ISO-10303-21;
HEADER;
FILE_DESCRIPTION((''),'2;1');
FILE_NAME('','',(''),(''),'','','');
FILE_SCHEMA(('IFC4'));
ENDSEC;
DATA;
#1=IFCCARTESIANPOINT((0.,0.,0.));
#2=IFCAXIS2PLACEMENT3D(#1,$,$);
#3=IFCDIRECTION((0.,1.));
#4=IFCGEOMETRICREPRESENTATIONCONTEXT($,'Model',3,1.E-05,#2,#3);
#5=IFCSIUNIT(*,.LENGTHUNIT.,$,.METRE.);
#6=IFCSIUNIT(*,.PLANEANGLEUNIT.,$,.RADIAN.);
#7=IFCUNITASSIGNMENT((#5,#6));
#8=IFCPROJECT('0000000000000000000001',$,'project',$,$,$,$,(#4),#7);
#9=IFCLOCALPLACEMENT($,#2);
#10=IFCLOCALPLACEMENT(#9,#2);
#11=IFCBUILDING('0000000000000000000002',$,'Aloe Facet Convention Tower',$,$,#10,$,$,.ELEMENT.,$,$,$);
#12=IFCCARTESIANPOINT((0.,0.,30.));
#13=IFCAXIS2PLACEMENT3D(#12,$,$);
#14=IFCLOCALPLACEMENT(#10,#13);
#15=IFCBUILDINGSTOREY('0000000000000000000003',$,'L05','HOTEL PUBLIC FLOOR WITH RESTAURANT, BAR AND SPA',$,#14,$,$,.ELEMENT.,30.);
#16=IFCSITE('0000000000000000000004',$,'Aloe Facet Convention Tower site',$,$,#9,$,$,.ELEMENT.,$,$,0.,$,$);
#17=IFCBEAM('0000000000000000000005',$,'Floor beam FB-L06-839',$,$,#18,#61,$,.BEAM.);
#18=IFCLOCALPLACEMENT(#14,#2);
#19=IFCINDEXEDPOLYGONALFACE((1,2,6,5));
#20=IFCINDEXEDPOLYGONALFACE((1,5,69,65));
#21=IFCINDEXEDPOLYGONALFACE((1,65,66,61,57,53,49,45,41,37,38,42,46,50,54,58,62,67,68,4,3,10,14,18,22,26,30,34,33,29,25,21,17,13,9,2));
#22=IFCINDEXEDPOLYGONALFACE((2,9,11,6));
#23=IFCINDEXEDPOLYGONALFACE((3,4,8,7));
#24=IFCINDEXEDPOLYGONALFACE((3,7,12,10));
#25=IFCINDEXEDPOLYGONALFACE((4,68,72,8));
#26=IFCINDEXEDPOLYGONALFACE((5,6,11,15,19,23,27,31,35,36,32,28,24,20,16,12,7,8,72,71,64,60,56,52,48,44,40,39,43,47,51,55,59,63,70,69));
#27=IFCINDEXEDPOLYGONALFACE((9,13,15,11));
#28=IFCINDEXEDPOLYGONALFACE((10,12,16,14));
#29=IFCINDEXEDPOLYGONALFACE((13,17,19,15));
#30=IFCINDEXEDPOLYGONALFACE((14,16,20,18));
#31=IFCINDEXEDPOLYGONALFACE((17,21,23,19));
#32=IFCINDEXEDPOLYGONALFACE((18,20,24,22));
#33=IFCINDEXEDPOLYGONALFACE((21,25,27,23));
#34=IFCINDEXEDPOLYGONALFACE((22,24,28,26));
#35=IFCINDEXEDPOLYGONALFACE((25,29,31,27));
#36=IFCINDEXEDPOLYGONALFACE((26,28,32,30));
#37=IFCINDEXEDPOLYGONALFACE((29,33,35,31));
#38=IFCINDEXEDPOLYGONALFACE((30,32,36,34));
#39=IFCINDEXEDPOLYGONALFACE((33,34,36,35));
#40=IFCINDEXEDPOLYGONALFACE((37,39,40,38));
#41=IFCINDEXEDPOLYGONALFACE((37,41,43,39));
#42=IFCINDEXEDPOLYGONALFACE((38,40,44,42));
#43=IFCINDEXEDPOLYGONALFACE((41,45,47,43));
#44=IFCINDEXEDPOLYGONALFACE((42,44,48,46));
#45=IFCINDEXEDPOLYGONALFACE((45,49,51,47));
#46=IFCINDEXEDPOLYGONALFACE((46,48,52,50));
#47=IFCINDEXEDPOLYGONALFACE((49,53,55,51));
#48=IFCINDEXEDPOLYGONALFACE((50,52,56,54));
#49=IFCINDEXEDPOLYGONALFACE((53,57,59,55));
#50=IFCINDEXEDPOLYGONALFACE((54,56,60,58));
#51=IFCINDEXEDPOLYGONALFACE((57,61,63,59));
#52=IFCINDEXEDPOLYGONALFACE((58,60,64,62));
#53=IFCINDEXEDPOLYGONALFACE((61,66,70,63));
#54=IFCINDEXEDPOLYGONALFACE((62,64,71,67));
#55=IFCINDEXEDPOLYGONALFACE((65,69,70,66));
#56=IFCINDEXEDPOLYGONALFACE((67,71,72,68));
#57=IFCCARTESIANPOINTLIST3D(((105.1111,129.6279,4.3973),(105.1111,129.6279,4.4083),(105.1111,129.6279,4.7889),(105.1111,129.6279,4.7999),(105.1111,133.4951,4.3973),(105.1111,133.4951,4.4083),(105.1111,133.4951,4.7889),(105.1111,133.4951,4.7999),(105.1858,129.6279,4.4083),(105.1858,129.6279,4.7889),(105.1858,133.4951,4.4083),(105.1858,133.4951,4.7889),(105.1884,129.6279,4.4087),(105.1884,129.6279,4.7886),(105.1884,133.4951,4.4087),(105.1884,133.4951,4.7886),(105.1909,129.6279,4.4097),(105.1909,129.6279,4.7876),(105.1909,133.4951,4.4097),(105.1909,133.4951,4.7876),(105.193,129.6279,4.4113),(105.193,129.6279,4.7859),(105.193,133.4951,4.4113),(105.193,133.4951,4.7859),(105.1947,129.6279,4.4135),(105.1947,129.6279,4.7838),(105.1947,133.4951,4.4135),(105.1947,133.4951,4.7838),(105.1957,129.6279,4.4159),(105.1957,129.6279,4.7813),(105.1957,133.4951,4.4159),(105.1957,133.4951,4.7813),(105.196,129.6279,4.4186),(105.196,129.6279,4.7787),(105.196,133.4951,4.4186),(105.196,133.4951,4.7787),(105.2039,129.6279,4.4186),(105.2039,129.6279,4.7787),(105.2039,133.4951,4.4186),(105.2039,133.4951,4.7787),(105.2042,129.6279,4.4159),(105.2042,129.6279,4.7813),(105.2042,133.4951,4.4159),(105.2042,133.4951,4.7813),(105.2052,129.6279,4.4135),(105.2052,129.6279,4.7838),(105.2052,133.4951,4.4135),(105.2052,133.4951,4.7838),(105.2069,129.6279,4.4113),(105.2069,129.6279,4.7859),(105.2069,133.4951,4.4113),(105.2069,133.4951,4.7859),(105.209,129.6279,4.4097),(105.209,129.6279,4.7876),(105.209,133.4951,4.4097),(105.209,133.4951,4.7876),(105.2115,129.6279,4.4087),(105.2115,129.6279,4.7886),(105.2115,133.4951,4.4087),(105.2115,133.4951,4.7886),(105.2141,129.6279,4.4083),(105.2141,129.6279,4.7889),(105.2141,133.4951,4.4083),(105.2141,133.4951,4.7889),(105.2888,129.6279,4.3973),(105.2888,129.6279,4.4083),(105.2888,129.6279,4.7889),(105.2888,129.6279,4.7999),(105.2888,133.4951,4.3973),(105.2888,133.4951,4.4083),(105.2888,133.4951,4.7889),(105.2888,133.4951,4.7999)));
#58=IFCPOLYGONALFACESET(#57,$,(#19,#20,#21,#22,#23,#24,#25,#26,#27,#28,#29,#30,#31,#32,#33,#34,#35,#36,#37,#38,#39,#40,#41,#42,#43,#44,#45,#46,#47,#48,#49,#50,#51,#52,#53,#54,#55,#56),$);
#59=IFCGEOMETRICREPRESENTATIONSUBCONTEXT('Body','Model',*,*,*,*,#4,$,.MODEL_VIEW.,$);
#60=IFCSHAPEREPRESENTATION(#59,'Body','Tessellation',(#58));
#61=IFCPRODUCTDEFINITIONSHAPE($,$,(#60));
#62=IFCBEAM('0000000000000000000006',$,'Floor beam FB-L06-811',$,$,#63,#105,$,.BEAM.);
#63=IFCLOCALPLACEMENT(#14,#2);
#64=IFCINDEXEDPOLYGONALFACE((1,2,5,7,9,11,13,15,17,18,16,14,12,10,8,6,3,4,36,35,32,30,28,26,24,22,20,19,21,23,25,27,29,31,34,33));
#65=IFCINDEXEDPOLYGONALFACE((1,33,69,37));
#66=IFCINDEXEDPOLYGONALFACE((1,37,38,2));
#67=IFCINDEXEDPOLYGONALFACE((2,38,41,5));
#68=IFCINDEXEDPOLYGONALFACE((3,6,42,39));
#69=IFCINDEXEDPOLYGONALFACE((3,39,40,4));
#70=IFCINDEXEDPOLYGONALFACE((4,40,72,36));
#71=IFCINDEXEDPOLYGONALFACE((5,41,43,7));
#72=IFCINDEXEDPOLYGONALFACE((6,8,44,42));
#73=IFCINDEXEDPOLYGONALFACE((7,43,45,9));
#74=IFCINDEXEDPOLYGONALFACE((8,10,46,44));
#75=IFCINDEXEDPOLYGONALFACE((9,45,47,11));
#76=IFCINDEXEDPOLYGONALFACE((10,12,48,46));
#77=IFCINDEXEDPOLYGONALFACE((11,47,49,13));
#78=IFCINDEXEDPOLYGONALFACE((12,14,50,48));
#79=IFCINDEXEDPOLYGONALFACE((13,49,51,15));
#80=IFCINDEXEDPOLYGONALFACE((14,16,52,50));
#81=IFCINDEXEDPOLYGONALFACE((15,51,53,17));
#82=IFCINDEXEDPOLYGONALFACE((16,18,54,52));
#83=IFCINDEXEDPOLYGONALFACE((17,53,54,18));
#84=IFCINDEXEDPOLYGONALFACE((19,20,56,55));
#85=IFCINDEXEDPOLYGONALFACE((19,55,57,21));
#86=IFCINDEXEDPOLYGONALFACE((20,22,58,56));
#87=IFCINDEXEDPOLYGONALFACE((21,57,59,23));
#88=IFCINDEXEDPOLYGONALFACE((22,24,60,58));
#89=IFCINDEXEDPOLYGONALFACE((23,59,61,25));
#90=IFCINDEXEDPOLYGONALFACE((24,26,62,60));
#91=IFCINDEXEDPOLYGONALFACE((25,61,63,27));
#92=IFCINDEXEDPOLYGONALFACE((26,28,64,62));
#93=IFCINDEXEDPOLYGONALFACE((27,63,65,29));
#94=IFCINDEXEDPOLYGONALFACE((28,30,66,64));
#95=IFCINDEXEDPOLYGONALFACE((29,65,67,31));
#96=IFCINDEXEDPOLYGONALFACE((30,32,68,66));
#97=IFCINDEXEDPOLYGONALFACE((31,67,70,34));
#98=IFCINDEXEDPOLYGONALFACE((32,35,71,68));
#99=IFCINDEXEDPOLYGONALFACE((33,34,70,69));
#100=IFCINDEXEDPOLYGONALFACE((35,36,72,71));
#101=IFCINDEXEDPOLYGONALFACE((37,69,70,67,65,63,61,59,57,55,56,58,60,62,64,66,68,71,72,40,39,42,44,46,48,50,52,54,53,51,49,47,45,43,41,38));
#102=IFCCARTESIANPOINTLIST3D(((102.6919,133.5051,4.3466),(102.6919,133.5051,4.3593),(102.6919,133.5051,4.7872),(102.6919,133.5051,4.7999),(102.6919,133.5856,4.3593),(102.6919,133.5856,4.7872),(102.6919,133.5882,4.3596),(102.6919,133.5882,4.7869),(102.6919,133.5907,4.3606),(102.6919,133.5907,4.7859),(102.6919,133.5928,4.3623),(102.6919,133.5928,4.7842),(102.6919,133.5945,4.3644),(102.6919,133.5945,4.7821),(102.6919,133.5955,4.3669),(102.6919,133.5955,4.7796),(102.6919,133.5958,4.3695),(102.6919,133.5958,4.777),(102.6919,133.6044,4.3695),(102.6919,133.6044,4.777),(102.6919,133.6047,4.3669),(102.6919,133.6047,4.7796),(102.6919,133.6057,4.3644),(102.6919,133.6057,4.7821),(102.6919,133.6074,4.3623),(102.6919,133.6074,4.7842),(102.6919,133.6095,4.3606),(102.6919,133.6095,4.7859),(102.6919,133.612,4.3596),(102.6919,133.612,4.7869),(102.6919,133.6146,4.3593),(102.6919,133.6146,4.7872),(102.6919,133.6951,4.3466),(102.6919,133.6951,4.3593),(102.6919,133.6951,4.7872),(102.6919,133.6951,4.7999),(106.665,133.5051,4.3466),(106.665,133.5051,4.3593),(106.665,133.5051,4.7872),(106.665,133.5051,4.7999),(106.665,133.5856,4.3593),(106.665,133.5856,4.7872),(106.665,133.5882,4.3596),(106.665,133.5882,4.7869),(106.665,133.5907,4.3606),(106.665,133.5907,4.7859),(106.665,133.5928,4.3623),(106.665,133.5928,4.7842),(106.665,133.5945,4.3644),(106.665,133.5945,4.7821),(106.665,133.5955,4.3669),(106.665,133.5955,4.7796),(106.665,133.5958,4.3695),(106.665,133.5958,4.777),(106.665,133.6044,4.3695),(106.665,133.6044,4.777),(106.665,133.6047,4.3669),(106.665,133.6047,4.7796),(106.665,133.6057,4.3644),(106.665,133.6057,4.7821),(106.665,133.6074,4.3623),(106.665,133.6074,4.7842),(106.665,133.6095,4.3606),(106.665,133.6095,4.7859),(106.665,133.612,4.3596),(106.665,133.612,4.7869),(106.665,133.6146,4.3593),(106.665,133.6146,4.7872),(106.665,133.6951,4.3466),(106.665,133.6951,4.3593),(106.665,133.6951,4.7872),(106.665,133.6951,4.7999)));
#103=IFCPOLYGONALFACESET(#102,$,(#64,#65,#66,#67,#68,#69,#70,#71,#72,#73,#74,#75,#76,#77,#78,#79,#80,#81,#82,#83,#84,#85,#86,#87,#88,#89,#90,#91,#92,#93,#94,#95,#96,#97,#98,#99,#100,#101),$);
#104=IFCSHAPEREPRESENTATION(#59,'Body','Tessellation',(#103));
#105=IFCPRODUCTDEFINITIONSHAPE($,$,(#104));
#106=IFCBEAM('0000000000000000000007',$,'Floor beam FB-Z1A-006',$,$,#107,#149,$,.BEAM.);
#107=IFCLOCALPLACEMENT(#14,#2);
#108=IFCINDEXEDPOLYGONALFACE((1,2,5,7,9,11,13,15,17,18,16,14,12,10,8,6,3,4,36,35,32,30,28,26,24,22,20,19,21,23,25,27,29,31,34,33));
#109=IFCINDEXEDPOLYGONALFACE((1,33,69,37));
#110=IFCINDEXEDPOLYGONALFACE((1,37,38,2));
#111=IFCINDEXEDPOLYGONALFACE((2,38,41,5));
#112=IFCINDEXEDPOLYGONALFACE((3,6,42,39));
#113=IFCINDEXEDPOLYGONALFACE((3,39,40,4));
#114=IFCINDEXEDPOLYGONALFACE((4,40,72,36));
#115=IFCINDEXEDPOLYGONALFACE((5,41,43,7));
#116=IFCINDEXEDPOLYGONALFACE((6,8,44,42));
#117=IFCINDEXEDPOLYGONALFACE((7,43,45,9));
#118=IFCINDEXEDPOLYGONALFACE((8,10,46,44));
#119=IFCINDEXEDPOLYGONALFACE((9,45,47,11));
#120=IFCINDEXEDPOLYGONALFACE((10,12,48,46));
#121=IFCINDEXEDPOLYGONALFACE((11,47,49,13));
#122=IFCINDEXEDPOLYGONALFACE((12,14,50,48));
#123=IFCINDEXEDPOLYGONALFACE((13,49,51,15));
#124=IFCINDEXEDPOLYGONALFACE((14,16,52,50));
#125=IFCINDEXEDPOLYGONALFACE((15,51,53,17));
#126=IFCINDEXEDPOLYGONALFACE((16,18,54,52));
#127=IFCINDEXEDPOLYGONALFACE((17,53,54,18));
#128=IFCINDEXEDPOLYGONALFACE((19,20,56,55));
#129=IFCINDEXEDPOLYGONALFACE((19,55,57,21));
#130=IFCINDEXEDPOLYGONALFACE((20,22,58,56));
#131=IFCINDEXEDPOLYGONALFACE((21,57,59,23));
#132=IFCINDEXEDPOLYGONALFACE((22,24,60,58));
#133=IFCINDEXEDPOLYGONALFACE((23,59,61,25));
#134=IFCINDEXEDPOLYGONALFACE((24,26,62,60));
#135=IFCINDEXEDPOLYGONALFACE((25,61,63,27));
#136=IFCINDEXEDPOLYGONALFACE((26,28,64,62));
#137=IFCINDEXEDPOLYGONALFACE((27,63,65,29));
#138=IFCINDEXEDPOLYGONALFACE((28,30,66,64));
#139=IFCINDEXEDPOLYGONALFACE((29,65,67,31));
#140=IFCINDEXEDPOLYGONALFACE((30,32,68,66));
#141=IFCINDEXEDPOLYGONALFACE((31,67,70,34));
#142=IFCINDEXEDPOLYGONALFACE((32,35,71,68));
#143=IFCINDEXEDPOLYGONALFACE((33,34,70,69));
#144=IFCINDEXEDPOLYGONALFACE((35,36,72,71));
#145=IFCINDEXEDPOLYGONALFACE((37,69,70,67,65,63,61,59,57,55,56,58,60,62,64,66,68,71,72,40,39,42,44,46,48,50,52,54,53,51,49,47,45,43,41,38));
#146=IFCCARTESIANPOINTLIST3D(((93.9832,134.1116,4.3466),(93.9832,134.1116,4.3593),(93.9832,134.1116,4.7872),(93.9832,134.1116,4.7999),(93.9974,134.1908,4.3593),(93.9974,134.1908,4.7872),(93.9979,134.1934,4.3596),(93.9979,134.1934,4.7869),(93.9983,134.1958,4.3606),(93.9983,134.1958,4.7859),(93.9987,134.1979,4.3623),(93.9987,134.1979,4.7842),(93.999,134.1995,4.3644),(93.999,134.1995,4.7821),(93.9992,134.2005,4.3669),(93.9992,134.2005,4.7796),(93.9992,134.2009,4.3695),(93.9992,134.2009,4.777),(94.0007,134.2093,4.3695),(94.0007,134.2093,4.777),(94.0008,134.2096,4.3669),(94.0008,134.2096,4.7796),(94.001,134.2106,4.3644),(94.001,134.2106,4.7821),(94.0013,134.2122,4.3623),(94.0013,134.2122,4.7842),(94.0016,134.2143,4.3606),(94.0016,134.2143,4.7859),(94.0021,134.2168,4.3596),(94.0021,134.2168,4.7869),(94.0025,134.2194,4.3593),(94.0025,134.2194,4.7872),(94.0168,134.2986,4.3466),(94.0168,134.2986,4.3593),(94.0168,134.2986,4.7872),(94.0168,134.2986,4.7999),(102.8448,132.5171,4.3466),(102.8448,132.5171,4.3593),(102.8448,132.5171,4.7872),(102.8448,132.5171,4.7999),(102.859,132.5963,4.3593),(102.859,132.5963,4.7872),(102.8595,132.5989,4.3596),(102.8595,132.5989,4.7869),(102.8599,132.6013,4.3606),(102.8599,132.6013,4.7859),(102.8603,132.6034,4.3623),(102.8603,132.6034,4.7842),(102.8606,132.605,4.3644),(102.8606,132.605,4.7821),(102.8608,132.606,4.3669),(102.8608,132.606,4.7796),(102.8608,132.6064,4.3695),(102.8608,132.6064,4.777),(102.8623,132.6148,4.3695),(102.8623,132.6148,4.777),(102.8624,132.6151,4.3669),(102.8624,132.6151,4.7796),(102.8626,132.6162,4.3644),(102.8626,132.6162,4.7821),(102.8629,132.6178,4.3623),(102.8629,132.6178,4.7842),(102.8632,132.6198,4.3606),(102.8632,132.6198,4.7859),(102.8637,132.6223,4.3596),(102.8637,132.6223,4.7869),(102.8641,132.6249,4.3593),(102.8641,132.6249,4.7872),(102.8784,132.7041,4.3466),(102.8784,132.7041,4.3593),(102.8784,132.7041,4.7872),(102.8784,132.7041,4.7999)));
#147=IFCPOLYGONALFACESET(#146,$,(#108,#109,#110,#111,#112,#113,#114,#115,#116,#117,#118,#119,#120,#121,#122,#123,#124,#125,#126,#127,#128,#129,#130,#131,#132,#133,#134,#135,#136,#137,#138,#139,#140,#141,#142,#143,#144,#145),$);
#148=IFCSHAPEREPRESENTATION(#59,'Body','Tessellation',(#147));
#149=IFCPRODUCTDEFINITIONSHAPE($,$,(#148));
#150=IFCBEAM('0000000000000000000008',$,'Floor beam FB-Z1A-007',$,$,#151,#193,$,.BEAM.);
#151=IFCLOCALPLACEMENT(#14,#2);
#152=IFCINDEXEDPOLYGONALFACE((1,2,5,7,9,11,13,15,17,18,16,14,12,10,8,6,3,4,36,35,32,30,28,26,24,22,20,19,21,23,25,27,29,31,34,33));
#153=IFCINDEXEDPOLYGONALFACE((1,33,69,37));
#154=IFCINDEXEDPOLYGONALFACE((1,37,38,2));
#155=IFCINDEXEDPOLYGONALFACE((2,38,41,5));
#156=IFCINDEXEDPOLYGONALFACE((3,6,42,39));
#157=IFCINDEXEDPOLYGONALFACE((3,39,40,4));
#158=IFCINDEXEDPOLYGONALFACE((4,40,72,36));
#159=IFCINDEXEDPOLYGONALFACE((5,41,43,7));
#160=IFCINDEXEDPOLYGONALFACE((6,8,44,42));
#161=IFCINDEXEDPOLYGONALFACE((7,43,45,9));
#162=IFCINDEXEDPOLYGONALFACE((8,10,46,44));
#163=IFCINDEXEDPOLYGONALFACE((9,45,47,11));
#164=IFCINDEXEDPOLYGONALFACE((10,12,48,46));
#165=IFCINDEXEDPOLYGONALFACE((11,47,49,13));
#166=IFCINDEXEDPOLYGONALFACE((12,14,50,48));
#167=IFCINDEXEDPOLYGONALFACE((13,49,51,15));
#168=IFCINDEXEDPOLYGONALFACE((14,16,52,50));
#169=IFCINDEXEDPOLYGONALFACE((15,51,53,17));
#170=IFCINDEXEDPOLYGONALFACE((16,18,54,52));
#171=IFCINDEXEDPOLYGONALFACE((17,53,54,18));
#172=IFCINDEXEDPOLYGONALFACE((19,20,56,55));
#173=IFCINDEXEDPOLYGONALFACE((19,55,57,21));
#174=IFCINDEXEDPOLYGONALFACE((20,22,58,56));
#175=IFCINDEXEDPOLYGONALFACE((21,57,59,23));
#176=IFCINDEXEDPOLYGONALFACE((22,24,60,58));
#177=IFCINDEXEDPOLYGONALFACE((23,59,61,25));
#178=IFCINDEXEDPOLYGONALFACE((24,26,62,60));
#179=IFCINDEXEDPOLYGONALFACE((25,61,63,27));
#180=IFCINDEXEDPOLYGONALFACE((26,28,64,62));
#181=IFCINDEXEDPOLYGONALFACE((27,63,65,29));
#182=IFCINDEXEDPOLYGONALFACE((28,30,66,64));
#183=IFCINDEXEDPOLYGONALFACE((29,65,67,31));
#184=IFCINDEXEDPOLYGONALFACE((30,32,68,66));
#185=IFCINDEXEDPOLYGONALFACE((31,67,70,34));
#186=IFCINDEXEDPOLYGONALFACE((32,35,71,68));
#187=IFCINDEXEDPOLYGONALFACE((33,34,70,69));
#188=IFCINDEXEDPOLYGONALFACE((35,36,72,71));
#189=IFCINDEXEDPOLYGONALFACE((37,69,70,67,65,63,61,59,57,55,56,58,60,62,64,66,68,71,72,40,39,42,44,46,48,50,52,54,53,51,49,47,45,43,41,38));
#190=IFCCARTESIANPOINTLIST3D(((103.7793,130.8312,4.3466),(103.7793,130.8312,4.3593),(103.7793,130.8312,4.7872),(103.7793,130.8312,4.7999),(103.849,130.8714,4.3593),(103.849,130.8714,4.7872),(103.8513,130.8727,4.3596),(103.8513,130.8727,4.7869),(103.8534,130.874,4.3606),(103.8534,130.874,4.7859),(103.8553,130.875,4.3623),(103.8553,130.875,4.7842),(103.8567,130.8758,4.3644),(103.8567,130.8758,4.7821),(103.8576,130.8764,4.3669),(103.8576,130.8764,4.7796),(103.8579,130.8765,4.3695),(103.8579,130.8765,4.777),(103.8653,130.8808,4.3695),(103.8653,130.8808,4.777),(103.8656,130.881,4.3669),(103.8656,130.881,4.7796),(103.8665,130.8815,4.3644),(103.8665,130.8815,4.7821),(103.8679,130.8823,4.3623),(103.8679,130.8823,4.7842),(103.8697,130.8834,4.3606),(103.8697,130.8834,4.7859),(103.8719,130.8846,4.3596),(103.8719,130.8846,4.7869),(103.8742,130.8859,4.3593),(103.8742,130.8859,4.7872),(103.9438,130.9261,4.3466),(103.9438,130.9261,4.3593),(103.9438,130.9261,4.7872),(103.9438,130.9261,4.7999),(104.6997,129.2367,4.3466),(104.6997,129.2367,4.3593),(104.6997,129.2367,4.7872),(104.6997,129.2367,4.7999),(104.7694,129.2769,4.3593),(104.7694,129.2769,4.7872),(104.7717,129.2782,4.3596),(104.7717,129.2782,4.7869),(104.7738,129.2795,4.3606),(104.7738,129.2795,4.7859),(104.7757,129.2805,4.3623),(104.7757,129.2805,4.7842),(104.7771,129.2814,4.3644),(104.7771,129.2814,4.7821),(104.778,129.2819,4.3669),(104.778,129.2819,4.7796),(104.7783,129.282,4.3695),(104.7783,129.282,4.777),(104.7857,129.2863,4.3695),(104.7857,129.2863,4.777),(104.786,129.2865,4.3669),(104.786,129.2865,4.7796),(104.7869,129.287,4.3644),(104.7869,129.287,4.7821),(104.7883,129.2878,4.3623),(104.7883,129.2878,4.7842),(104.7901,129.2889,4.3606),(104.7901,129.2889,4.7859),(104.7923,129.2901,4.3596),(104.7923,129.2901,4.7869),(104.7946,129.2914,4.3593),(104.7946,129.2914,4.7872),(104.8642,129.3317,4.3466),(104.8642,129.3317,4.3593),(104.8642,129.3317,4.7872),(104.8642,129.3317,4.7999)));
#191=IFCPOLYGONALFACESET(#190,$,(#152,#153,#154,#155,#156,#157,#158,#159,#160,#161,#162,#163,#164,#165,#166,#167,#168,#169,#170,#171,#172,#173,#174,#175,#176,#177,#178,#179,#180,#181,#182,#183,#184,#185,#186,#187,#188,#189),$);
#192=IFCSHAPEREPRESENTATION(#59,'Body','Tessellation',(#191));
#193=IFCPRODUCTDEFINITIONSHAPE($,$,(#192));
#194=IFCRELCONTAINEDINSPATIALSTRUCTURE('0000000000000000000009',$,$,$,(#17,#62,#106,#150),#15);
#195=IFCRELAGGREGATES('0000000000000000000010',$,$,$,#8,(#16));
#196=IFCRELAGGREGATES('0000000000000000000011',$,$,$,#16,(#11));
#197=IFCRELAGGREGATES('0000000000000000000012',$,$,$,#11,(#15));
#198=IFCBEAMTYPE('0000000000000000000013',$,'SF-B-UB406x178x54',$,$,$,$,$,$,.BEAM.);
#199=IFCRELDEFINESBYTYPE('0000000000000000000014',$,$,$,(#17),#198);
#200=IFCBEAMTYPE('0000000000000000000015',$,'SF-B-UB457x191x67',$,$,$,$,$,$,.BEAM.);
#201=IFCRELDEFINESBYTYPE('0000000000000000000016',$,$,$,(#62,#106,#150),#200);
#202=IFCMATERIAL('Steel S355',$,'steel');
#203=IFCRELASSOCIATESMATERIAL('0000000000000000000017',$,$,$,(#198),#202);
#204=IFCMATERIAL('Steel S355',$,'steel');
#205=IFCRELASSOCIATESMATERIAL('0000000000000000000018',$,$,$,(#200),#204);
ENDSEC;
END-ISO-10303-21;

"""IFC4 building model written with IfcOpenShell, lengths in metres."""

from ifc_helpers import new_model, si_unit, direction, frame, origin, origin_2d, place, context, subcontext, project, spatial, i_section, extrude, material, material_profile, profile_set, type_object, element, save


model = new_model("IFC4")

# Units and contexts
model_context = context("Model", 3, precision=1e-05, world=origin(), true_north=direction((0.0, 1.0)))
body_context = subcontext(model_context, "Body", "Model", "MODEL_VIEW")
ifc_project = project(units=[si_unit("LENGTHUNIT", "METRE"), si_unit("PLANEANGLEUNIT", "RADIAN")], contexts=[model_context])

# Site, building, storey
site_placement = place(None, origin())
site = spatial("IfcSite", under=ifc_project, at=site_placement, Name="Aloe Facet Convention Tower site", CompositionType="ELEMENT", RefElevation=0.0)
building_placement = place(site_placement, origin())
building = spatial("IfcBuilding", under=site, at=building_placement, Name="Aloe Facet Convention Tower", CompositionType="ELEMENT")
storey_placement = place(building_placement, frame((0.0, 0.0, 30.0)))
storey = spatial("IfcBuildingStorey", under=building, at=storey_placement, Name="L05", Description="HOTEL PUBLIC FLOOR WITH RESTAURANT, BAR AND SPA", CompositionType="ELEMENT", Elevation=30.0)

# Beams
ifc_material_1 = material(Name="Steel S355", Category="steel")
ifc_material_profile_1 = material_profile(ifc_material_1, i_section(OverallWidth=0.1777, OverallDepth=0.4026, WebThickness=0.0078, FlangeThickness=0.011, FilletRadius=0.0103, at=origin_2d()), Name="UB 406x178x54")
ifc_profile_set_1 = profile_set([ifc_material_profile_1], Name="Steel S355")
beam_type_1 = type_object("IfcBeamType", Name="SF-B-UB406x178x54", PredefinedType="BEAM", material=ifc_profile_set_1)
beam_1_placement = place(storey_placement, frame((105.2, 129.6279, 4.5986), z_axis=(0.0, 1.0, 0.0), x_axis=(-1.0, 0.0, 0.0)))
element("IfcBeam", 1, at=beam_1_placement, inside=storey, type_object=beam_type_1, Name="Floor beam FB-L06-839", PredefinedType="BEAM", context=body_context, shape_type="SweptSolid", body=[
    extrude(i_section(OverallWidth=0.1777, OverallDepth=0.4026, WebThickness=0.0078, FlangeThickness=0.011, FilletRadius=0.0103, at=origin_2d()), origin(), (0.0, 0.0, 1.0), 3.8672),
])
ifc_material_2 = material(Name="Steel S355", Category="steel")
ifc_material_profile_2 = material_profile(ifc_material_2, i_section(OverallWidth=0.1899, OverallDepth=0.4534, WebThickness=0.0085, FlangeThickness=0.0127, FilletRadius=0.0103, at=origin_2d()), Name="UB 457x191x67")
ifc_profile_set_2 = profile_set([ifc_material_profile_2], Name="Steel S355")
beam_type_2 = type_object("IfcBeamType", Name="SF-B-UB457x191x67", PredefinedType="BEAM", material=ifc_profile_set_2)
beam_2_placement = place(storey_placement, frame((102.6919, 133.6001, 4.5732), z_axis=(1.0, 0.0, 0.0), x_axis=(0.0, 1.0, 0.0)))
element("IfcBeam", 2, at=beam_2_placement, inside=storey, type_object=beam_type_2, Name="Floor beam FB-L06-811", PredefinedType="BEAM", context=body_context, shape_type="SweptSolid", body=[
    extrude(i_section(OverallWidth=0.1899, OverallDepth=0.4534, WebThickness=0.0085, FlangeThickness=0.0127, FilletRadius=0.0103, at=origin_2d()), origin(), (0.0, 0.0, 1.0), 3.9731),
])
beam_3_placement = place(storey_placement, frame((102.8616, 132.6106, 4.5732), z_axis=(-0.984195, 0.177088, 0.0), x_axis=(-0.177088, -0.984195, 0.0)))
element("IfcBeam", 3, at=beam_3_placement, inside=storey, type_object=beam_type_2, Name="Floor beam FB-Z1A-006", PredefinedType="BEAM", context=body_context, shape_type="SweptSolid", body=[
    extrude(i_section(OverallWidth=0.1899, OverallDepth=0.4534, WebThickness=0.0085, FlangeThickness=0.0127, FilletRadius=0.0103, at=origin_2d()), origin(), (0.0, 0.0, 1.0), 9.0039),
])
beam_4_placement = place(storey_placement, frame((103.8616, 130.8787, 4.5732), z_axis=(0.499933, -0.866064, 0.0), x_axis=(0.866064, 0.499933, 0.0)))
element("IfcBeam", 4, at=beam_4_placement, inside=storey, type_object=beam_type_2, Name="Floor beam FB-Z1A-007", PredefinedType="BEAM", context=body_context, shape_type="SweptSolid", body=[
    extrude(i_section(OverallWidth=0.1899, OverallDepth=0.4534, WebThickness=0.0085, FlangeThickness=0.0127, FilletRadius=0.0103, at=origin_2d()), origin(), (0.0, 0.0, 1.0), 1.8411),
])

save(model, "model.ifc")
